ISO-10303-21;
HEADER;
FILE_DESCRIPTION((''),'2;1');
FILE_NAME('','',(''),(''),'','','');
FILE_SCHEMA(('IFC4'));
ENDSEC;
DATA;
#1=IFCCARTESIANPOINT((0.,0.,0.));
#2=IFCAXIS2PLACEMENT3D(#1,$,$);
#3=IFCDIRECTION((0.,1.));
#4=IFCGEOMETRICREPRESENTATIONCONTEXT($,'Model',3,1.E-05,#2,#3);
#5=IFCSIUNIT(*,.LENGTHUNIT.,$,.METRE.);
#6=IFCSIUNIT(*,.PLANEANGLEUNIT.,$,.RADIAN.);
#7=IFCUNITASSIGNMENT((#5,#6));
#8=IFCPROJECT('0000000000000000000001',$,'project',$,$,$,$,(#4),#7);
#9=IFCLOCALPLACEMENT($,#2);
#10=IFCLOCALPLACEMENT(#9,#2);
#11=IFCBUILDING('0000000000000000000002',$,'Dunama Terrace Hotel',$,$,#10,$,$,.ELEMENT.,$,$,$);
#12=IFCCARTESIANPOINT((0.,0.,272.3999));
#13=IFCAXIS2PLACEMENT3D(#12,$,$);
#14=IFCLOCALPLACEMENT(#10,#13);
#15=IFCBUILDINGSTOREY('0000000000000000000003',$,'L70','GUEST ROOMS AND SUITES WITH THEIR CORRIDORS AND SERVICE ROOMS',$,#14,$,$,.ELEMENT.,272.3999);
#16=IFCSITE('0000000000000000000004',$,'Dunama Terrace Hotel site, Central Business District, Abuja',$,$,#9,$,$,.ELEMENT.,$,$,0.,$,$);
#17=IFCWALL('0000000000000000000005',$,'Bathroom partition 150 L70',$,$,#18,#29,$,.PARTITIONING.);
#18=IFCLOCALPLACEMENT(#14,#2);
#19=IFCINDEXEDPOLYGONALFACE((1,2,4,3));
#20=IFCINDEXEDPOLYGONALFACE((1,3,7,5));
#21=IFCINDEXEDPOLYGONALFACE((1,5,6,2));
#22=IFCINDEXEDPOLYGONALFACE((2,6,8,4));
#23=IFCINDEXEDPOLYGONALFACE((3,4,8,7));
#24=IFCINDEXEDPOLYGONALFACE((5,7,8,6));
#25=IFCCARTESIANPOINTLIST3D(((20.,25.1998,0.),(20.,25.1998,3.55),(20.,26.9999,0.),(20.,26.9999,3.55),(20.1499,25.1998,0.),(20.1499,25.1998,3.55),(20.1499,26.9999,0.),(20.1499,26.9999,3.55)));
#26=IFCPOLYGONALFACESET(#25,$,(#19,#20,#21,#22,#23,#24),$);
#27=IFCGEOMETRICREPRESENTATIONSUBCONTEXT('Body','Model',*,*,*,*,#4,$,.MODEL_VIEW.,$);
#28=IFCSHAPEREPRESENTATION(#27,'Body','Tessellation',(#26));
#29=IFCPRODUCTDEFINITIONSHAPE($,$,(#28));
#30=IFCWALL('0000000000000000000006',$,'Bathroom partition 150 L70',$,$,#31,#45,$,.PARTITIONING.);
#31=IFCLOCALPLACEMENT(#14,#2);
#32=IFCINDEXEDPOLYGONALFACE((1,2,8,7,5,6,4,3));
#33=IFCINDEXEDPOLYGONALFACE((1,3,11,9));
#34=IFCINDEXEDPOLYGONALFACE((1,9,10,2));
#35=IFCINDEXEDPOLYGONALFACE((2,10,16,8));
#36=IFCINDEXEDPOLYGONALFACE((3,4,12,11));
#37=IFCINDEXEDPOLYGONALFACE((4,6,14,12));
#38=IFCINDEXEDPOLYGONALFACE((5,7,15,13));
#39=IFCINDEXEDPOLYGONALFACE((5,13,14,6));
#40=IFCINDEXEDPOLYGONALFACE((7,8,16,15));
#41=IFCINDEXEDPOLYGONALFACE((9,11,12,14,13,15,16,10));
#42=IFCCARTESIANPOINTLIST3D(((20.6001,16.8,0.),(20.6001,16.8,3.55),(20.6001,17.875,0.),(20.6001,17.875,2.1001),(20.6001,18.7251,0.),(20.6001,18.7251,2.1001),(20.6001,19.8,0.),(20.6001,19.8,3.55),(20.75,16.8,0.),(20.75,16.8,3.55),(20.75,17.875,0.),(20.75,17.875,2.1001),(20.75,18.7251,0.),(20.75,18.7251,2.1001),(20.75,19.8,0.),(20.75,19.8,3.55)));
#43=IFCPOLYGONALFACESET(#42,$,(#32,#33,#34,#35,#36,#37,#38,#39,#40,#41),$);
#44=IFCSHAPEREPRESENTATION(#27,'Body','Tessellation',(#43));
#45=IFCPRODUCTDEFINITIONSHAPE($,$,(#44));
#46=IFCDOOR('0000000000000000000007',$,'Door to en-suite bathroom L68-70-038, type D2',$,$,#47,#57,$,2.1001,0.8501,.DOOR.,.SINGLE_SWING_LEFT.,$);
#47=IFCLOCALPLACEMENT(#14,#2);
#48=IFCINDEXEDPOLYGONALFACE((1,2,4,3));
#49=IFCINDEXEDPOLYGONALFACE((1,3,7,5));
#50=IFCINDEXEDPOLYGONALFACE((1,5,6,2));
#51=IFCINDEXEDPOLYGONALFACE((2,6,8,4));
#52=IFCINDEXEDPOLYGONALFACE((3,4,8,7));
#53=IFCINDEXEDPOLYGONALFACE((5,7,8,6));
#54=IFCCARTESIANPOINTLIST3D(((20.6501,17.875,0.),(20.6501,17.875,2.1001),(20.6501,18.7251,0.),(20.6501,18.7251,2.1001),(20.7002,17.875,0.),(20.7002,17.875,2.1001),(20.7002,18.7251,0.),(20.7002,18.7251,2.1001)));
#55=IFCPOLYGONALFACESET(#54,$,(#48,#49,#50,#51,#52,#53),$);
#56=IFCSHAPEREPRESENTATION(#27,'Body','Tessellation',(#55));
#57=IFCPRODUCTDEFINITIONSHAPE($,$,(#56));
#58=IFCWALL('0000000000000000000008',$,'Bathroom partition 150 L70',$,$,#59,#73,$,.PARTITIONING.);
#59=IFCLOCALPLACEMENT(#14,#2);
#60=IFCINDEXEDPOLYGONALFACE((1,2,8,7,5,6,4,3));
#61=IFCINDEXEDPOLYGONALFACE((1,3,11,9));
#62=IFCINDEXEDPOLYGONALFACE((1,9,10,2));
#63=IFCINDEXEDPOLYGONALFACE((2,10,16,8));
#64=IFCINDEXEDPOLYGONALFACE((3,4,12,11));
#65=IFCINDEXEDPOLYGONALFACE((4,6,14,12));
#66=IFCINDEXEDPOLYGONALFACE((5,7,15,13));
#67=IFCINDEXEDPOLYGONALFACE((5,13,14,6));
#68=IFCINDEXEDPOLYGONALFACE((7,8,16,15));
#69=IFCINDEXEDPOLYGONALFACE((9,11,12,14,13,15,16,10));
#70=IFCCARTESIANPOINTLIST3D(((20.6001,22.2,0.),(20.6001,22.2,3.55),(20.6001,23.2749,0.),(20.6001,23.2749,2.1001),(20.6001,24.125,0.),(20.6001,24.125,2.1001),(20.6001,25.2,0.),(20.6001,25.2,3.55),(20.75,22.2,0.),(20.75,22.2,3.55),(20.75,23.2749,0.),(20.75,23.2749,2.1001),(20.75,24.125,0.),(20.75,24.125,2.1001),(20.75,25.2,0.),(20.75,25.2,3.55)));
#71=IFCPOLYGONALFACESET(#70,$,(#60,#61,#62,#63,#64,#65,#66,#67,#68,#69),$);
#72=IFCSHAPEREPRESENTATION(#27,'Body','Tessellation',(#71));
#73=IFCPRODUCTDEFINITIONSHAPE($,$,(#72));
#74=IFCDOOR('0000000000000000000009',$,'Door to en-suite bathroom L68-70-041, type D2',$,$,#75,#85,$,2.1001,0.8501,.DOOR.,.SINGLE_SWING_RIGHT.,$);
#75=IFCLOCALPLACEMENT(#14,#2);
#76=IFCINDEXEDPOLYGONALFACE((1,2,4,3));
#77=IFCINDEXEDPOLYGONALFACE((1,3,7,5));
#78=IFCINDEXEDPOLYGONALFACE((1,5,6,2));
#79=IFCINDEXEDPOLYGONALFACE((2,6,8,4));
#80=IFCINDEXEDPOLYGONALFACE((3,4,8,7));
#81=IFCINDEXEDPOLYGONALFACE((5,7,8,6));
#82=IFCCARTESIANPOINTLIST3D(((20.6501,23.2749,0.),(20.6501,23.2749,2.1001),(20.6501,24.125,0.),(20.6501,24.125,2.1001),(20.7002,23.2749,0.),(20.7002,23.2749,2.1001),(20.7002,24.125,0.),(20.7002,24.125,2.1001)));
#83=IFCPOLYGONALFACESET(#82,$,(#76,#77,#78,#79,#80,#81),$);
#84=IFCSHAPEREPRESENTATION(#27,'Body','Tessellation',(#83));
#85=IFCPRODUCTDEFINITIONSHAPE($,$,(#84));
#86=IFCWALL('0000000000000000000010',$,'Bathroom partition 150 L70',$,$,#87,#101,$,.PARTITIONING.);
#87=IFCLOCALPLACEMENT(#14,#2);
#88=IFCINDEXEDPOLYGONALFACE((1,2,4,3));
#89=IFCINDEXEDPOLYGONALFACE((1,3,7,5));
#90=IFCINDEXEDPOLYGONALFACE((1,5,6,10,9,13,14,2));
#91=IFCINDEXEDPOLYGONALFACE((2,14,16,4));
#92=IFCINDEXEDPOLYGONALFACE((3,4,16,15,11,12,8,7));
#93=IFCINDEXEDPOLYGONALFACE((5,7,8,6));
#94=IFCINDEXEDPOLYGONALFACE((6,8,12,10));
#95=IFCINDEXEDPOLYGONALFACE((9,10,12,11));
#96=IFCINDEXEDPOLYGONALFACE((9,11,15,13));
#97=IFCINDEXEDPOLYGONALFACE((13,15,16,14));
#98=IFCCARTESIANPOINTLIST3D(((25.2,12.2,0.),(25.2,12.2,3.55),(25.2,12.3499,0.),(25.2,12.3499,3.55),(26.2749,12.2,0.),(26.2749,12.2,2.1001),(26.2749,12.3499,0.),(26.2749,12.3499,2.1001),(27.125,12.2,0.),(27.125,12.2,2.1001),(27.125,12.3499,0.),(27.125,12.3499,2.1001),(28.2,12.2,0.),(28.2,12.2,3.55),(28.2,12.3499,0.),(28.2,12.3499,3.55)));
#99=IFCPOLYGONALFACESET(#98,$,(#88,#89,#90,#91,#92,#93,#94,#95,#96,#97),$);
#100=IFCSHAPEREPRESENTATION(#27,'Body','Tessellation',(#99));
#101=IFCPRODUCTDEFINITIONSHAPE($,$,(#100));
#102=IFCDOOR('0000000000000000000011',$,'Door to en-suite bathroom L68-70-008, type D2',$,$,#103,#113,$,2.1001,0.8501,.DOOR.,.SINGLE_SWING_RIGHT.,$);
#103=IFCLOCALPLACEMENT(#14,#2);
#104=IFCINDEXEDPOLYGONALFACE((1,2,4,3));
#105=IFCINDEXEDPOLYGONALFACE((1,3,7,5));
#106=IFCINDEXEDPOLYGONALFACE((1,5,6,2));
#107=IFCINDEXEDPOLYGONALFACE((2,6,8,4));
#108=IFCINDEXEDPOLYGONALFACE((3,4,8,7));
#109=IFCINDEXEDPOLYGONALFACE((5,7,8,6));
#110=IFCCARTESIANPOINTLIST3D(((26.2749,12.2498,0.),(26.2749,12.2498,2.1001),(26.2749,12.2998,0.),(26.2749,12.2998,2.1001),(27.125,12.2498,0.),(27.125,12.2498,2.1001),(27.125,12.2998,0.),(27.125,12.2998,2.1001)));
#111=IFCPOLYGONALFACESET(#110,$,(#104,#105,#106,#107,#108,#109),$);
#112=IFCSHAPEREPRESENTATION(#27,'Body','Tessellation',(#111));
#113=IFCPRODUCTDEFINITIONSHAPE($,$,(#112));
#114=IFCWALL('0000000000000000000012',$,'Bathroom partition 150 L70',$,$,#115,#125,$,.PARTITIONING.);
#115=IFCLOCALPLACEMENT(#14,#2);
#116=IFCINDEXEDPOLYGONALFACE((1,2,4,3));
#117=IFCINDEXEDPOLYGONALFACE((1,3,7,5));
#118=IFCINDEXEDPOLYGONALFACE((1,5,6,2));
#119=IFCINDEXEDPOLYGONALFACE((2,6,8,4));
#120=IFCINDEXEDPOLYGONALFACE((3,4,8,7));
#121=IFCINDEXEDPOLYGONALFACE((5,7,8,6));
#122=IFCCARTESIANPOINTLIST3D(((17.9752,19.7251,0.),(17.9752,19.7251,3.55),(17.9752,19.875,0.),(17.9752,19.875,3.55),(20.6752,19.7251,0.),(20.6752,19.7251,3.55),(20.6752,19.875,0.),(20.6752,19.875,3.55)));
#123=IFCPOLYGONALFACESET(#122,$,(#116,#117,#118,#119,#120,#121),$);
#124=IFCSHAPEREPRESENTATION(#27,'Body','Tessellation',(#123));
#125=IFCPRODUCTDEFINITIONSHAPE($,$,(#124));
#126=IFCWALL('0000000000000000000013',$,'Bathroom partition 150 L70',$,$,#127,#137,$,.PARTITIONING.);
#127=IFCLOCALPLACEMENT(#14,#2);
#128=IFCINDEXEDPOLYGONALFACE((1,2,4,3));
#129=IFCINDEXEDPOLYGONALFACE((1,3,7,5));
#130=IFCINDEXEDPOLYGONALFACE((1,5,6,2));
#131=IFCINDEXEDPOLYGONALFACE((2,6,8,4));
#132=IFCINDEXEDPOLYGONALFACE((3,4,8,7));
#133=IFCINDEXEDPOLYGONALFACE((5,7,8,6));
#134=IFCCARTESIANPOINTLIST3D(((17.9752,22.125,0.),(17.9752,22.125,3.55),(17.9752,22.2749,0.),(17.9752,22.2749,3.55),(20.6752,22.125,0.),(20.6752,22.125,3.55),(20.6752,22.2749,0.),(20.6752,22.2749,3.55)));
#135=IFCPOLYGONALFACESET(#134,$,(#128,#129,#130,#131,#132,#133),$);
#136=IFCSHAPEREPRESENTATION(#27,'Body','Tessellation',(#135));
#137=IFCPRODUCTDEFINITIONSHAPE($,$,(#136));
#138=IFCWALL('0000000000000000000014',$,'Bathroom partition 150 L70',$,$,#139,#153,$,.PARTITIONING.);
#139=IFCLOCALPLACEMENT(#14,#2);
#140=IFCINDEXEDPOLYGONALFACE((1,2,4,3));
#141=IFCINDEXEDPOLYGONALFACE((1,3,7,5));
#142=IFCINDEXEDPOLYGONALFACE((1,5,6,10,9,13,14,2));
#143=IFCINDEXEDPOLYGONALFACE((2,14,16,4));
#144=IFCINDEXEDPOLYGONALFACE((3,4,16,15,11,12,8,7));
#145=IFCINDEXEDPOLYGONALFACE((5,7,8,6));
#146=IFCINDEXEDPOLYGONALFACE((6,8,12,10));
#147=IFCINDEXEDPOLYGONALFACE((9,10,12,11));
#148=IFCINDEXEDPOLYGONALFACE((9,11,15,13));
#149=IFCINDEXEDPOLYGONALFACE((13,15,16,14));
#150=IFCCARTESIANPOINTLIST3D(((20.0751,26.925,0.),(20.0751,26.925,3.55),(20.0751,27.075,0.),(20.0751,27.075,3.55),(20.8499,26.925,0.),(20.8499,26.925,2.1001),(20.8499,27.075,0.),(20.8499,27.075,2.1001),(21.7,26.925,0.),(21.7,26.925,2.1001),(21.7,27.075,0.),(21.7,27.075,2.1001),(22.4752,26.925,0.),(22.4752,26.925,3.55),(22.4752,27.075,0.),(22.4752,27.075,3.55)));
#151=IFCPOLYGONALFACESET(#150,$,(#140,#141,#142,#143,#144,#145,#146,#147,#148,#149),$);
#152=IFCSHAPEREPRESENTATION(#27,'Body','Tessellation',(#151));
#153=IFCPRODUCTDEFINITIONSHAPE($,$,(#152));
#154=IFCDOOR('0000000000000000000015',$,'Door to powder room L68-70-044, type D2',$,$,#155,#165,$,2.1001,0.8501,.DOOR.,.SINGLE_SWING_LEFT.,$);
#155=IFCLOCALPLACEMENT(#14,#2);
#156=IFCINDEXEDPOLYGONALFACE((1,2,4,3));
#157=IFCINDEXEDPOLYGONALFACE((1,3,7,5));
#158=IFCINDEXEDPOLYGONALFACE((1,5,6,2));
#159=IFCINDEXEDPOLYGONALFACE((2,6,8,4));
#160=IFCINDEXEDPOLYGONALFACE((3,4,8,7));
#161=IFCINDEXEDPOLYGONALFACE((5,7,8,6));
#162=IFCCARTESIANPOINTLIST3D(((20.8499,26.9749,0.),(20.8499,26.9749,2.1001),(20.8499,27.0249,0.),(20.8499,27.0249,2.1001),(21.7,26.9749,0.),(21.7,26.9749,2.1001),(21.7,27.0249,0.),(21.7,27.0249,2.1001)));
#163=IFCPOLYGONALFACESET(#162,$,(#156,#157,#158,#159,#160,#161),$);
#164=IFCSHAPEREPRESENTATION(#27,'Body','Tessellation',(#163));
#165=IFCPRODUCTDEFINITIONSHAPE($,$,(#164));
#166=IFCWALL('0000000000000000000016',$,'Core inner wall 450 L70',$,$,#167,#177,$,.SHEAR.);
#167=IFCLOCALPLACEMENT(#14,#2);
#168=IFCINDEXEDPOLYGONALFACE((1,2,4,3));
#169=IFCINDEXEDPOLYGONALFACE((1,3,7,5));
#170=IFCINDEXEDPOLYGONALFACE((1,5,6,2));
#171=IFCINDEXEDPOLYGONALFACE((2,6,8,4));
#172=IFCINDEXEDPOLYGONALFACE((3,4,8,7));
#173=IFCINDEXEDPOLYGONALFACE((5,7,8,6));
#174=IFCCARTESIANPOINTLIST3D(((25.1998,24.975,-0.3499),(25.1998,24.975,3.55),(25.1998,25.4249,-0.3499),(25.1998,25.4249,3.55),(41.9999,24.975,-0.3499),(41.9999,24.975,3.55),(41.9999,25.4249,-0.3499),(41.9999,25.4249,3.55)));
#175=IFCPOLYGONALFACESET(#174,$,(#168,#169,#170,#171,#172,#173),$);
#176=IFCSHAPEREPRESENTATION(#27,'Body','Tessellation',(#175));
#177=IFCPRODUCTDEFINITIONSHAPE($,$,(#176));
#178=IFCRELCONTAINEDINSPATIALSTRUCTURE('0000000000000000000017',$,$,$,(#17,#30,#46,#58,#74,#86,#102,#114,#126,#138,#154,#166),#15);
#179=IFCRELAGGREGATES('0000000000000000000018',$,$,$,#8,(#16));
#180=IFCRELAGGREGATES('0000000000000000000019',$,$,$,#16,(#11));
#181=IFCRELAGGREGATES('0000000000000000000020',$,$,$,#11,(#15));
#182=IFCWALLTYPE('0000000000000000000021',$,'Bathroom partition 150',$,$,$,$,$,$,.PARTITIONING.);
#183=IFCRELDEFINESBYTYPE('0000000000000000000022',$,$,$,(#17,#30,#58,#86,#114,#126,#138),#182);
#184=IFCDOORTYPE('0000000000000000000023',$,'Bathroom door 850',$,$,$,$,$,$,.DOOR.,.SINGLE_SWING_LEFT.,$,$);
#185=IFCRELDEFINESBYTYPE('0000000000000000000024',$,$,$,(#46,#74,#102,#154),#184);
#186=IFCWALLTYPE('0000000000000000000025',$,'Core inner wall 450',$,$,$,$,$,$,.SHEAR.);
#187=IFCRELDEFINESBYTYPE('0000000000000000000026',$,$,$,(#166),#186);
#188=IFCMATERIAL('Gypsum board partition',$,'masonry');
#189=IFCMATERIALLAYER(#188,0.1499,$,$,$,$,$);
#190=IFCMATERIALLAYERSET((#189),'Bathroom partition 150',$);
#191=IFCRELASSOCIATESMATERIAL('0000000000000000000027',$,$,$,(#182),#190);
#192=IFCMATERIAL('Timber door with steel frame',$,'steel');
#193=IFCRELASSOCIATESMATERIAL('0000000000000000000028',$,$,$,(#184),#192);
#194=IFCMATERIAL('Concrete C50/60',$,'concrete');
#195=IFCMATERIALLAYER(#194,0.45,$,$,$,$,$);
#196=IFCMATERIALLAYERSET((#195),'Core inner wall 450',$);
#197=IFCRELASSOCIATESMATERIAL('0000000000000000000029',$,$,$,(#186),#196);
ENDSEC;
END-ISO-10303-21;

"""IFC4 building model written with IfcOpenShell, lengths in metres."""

from ifc_helpers import new_model, si_unit, direction, frame, frame_2d, origin, place, context, subcontext, project, spatial, rectangle, extrude, material, layer, layer_set, type_object, element, fill, save


model = new_model("IFC4")

# Units and contexts
model_context = context("Model", 3, precision=1e-05, world=origin(), true_north=direction((0.0, 1.0)))
body_context = subcontext(model_context, "Body", "Model", "MODEL_VIEW")
ifc_project = project(units=[si_unit("LENGTHUNIT", "METRE"), si_unit("PLANEANGLEUNIT", "RADIAN")], contexts=[model_context])

# Site, building, storey
site_placement = place(None, origin())
site = spatial("IfcSite", under=ifc_project, at=site_placement, Name="Dunama Terrace Hotel site, Central Business District, Abuja", CompositionType="ELEMENT", RefElevation=0.0)
building_placement = place(site_placement, origin())
building = spatial("IfcBuilding", under=site, at=building_placement, Name="Dunama Terrace Hotel", CompositionType="ELEMENT")
storey_placement = place(building_placement, frame((0.0, 0.0, 272.3999)))
storey = spatial("IfcBuildingStorey", under=building, at=storey_placement, Name="L70", Description="GUEST ROOMS AND SUITES WITH THEIR CORRIDORS AND SERVICE ROOMS", CompositionType="ELEMENT", Elevation=272.3999)

# Wall
ifc_material_1 = material(Name="Gypsum board partition", Category="masonry")
ifc_layer_1 = layer(ifc_material_1, 0.1499)
ifc_layer_set_1 = layer_set([ifc_layer_1], Name="Bathroom partition 150")
wall_type_1 = type_object("IfcWallType", Name="Bathroom partition 150", PredefinedType="PARTITIONING", material=ifc_layer_set_1)
wall_1_placement = place(storey_placement, frame((20.075, 25.2, 0.0), z_axis=(0.0, 0.0, 1.0), x_axis=(0.0, 1.0, 0.0)))
element("IfcWall", 1, at=wall_1_placement, inside=storey, type_object=wall_type_1, Name="Bathroom partition 150 L70", PredefinedType="PARTITIONING", context=body_context, shape_type="SweptSolid", body=[
    extrude(rectangle(XDim=1.8, YDim=0.1499, at=frame_2d((0.8999, 0.0))), origin(), (0.0, 0.0, 1.0), 3.55),
])

# Walls, openings, doors
wall_2_placement = place(storey_placement, frame((20.675, 16.8, 0.0), z_axis=(0.0, 0.0, 1.0), x_axis=(0.0, 1.0, 0.0)))
wall_2 = element("IfcWall", 2, at=wall_2_placement, inside=storey, type_object=wall_type_1, Name="Bathroom partition 150 L70", PredefinedType="PARTITIONING", context=body_context, shape_type="SweptSolid", body=[
    extrude(rectangle(XDim=3.0, YDim=0.1499, at=frame_2d((1.5, 0.0))), origin(), (0.0, 0.0, 1.0), 3.55),
])
opening_1_placement = place(wall_2_placement, frame((1.075, 0.0, 0.0)))
opening_1 = element("IfcOpeningElement", 3, at=opening_1_placement, cuts=wall_2, PredefinedType="OPENING", context=body_context, shape_type="SweptSolid", body=[
    extrude(rectangle(XDim=0.8501, YDim=2.1001, at=frame_2d((0.425, 1.05))), frame((0.0, 0.085, 0.0), z_axis=(0.0, -1.0, 0.0), x_axis=(1.0, 0.0, 0.0)), (0.0, 0.0, 1.0), 0.1699),
])
ifc_material_2 = material(Name="Timber door with steel frame", Category="steel")
door_type_1 = type_object("IfcDoorType", Name="Bathroom door 850", OperationType="SINGLE_SWING_LEFT", PredefinedType="DOOR", material=ifc_material_2)
door_1_placement = place(opening_1_placement, origin())
door_1 = element("IfcDoor", 4, at=door_1_placement, inside=storey, type_object=door_type_1, Name="Door to en-suite bathroom L68-70-038, type D2", OperationType="SINGLE_SWING_LEFT", OverallHeight=2.1001, OverallWidth=0.8501, PredefinedType="DOOR", context=body_context, shape_type="SweptSolid", body=[
    extrude(rectangle(XDim=0.8501, YDim=2.1001, at=frame_2d((0.425, 1.05))), frame((0.0, 0.0249, 0.0), z_axis=(0.0, -1.0, 0.0), x_axis=(1.0, 0.0, 0.0)), (0.0, 0.0, 1.0), 0.05),
])
fill(opening_1, door_1)
wall_3_placement = place(storey_placement, frame((20.675, 22.2, 0.0), z_axis=(0.0, 0.0, 1.0), x_axis=(0.0, 1.0, 0.0)))
wall_3 = element("IfcWall", 5, at=wall_3_placement, inside=storey, type_object=wall_type_1, Name="Bathroom partition 150 L70", PredefinedType="PARTITIONING", context=body_context, shape_type="SweptSolid", body=[
    extrude(rectangle(XDim=3.0, YDim=0.1499, at=frame_2d((1.5, 0.0))), origin(), (0.0, 0.0, 1.0), 3.55),
])
opening_2_placement = place(wall_3_placement, frame((1.075, 0.0, 0.0)))
opening_2 = element("IfcOpeningElement", 6, at=opening_2_placement, cuts=wall_3, PredefinedType="OPENING", context=body_context, shape_type="SweptSolid", body=[
    extrude(rectangle(XDim=0.8501, YDim=2.1001, at=frame_2d((0.425, 1.05))), frame((0.0, 0.085, 0.0), z_axis=(0.0, -1.0, 0.0), x_axis=(1.0, 0.0, 0.0)), (0.0, 0.0, 1.0), 0.1699),
])
door_2_placement = place(opening_2_placement, origin())
door_2 = element("IfcDoor", 7, at=door_2_placement, inside=storey, type_object=door_type_1, Name="Door to en-suite bathroom L68-70-041, type D2", OperationType="SINGLE_SWING_RIGHT", OverallHeight=2.1001, OverallWidth=0.8501, PredefinedType="DOOR", context=body_context, shape_type="SweptSolid", body=[
    extrude(rectangle(XDim=0.8501, YDim=2.1001, at=frame_2d((0.425, 1.05))), frame((0.0, 0.0249, 0.0), z_axis=(0.0, -1.0, 0.0), x_axis=(1.0, 0.0, 0.0)), (0.0, 0.0, 1.0), 0.05),
])
fill(opening_2, door_2)
wall_4_placement = place(storey_placement, frame((25.2, 12.2749, 0.0), z_axis=(0.0, 0.0, 1.0), x_axis=(1.0, 0.0, 0.0)))
wall_4 = element("IfcWall", 8, at=wall_4_placement, inside=storey, type_object=wall_type_1, Name="Bathroom partition 150 L70", PredefinedType="PARTITIONING", context=body_context, shape_type="SweptSolid", body=[
    extrude(rectangle(XDim=3.0, YDim=0.1499, at=frame_2d((1.5, 0.0))), origin(), (0.0, 0.0, 1.0), 3.55),
])
opening_3_placement = place(wall_4_placement, frame((1.075, 0.0, 0.0)))
opening_3 = element("IfcOpeningElement", 9, at=opening_3_placement, cuts=wall_4, PredefinedType="OPENING", context=body_context, shape_type="SweptSolid", body=[
    extrude(rectangle(XDim=0.8501, YDim=2.1001, at=frame_2d((0.425, 1.05))), frame((0.0, 0.085, 0.0), z_axis=(0.0, -1.0, 0.0), x_axis=(1.0, 0.0, 0.0)), (0.0, 0.0, 1.0), 0.1699),
])
door_3_placement = place(opening_3_placement, frame((0.8501, 0.0, 0.0), z_axis=(0.0, 0.0, 1.0), x_axis=(-1.0, 0.0, 0.0)))
door_3 = element("IfcDoor", 10, at=door_3_placement, inside=storey, type_object=door_type_1, Name="Door to en-suite bathroom L68-70-008, type D2", OperationType="SINGLE_SWING_RIGHT", OverallHeight=2.1001, OverallWidth=0.8501, PredefinedType="DOOR", context=body_context, shape_type="SweptSolid", body=[
    extrude(rectangle(XDim=0.8501, YDim=2.1001, at=frame_2d((0.425, 1.05))), frame((0.0, 0.0251, 0.0), z_axis=(0.0, -1.0, 0.0), x_axis=(1.0, 0.0, 0.0)), (0.0, 0.0, 1.0), 0.05),
])
fill(opening_3, door_3)

# Walls
for number, where, z_axis, x_axis, name in (
    (11, (17.9751, 19.8, 0.0), (0.0, 0.0, 1.0), (1.0, 0.0, 0.0), "Bathroom partition 150 L70"),
    (12, (17.9751, 22.2, 0.0), (0.0, 0.0, 1.0), (1.0, 0.0, 0.0), "Bathroom partition 150 L70"),
):
    element("IfcWall", number, at=place(storey_placement, frame(where, z_axis=z_axis, x_axis=x_axis)), inside=storey, type_object=wall_type_1, Name=name, PredefinedType="PARTITIONING", context=body_context, shape_type="SweptSolid", body=[
        extrude(rectangle(XDim=2.7, YDim=0.1499, at=frame_2d((1.3501, 0.0))), origin(), (0.0, 0.0, 1.0), 3.55),
    ])

# Wall, opening, door
wall_5_placement = place(storey_placement, frame((20.075, 27.0, 0.0), z_axis=(0.0, 0.0, 1.0), x_axis=(1.0, 0.0, 0.0)))
wall_5 = element("IfcWall", 13, at=wall_5_placement, inside=storey, type_object=wall_type_1, Name="Bathroom partition 150 L70", PredefinedType="PARTITIONING", context=body_context, shape_type="SweptSolid", body=[
    extrude(rectangle(XDim=2.4001, YDim=0.1499, at=frame_2d((1.2002, 0.0))), origin(), (0.0, 0.0, 1.0), 3.55),
])
opening_4_placement = place(wall_5_placement, frame((0.7749, 0.0, 0.0)))
opening_4 = element("IfcOpeningElement", 14, at=opening_4_placement, cuts=wall_5, PredefinedType="OPENING", context=body_context, shape_type="SweptSolid", body=[
    extrude(rectangle(XDim=0.8501, YDim=2.1001, at=frame_2d((0.425, 1.05))), frame((0.0, 0.085, 0.0), z_axis=(0.0, -1.0, 0.0), x_axis=(1.0, 0.0, 0.0)), (0.0, 0.0, 1.0), 0.1699),
])
door_4_placement = place(opening_4_placement, frame((0.8501, 0.0, 0.0), z_axis=(0.0, 0.0, 1.0), x_axis=(-1.0, 0.0, 0.0)))
door_4 = element("IfcDoor", 15, at=door_4_placement, inside=storey, type_object=door_type_1, Name="Door to powder room L68-70-044, type D2", OperationType="SINGLE_SWING_LEFT", OverallHeight=2.1001, OverallWidth=0.8501, PredefinedType="DOOR", context=body_context, shape_type="SweptSolid", body=[
    extrude(rectangle(XDim=0.8501, YDim=2.1001, at=frame_2d((0.425, 1.05))), frame((0.0, 0.0251, 0.0), z_axis=(0.0, -1.0, 0.0), x_axis=(1.0, 0.0, 0.0)), (0.0, 0.0, 1.0), 0.05),
])
fill(opening_4, door_4)

# Wall
ifc_material_3 = material(Name="Concrete C50/60", Category="concrete")
ifc_layer_2 = layer(ifc_material_3, 0.45)
ifc_layer_set_2 = layer_set([ifc_layer_2], Name="Core inner wall 450")
wall_type_2 = type_object("IfcWallType", Name="Core inner wall 450", PredefinedType="SHEAR", material=ifc_layer_set_2)
wall_6_placement = place(storey_placement, frame((25.2, 25.2, -0.3499), z_axis=(0.0, 0.0, 1.0), x_axis=(1.0, 0.0, 0.0)))
element("IfcWall", 16, at=wall_6_placement, inside=storey, type_object=wall_type_2, Name="Core inner wall 450 L70", PredefinedType="SHEAR", context=body_context, shape_type="SweptSolid", body=[
    extrude(rectangle(XDim=16.8, YDim=0.45, at=frame_2d((8.3999, 0.0))), origin(), (0.0, 0.0, 1.0), 3.8999),
])

save(model, "model.ifc")
